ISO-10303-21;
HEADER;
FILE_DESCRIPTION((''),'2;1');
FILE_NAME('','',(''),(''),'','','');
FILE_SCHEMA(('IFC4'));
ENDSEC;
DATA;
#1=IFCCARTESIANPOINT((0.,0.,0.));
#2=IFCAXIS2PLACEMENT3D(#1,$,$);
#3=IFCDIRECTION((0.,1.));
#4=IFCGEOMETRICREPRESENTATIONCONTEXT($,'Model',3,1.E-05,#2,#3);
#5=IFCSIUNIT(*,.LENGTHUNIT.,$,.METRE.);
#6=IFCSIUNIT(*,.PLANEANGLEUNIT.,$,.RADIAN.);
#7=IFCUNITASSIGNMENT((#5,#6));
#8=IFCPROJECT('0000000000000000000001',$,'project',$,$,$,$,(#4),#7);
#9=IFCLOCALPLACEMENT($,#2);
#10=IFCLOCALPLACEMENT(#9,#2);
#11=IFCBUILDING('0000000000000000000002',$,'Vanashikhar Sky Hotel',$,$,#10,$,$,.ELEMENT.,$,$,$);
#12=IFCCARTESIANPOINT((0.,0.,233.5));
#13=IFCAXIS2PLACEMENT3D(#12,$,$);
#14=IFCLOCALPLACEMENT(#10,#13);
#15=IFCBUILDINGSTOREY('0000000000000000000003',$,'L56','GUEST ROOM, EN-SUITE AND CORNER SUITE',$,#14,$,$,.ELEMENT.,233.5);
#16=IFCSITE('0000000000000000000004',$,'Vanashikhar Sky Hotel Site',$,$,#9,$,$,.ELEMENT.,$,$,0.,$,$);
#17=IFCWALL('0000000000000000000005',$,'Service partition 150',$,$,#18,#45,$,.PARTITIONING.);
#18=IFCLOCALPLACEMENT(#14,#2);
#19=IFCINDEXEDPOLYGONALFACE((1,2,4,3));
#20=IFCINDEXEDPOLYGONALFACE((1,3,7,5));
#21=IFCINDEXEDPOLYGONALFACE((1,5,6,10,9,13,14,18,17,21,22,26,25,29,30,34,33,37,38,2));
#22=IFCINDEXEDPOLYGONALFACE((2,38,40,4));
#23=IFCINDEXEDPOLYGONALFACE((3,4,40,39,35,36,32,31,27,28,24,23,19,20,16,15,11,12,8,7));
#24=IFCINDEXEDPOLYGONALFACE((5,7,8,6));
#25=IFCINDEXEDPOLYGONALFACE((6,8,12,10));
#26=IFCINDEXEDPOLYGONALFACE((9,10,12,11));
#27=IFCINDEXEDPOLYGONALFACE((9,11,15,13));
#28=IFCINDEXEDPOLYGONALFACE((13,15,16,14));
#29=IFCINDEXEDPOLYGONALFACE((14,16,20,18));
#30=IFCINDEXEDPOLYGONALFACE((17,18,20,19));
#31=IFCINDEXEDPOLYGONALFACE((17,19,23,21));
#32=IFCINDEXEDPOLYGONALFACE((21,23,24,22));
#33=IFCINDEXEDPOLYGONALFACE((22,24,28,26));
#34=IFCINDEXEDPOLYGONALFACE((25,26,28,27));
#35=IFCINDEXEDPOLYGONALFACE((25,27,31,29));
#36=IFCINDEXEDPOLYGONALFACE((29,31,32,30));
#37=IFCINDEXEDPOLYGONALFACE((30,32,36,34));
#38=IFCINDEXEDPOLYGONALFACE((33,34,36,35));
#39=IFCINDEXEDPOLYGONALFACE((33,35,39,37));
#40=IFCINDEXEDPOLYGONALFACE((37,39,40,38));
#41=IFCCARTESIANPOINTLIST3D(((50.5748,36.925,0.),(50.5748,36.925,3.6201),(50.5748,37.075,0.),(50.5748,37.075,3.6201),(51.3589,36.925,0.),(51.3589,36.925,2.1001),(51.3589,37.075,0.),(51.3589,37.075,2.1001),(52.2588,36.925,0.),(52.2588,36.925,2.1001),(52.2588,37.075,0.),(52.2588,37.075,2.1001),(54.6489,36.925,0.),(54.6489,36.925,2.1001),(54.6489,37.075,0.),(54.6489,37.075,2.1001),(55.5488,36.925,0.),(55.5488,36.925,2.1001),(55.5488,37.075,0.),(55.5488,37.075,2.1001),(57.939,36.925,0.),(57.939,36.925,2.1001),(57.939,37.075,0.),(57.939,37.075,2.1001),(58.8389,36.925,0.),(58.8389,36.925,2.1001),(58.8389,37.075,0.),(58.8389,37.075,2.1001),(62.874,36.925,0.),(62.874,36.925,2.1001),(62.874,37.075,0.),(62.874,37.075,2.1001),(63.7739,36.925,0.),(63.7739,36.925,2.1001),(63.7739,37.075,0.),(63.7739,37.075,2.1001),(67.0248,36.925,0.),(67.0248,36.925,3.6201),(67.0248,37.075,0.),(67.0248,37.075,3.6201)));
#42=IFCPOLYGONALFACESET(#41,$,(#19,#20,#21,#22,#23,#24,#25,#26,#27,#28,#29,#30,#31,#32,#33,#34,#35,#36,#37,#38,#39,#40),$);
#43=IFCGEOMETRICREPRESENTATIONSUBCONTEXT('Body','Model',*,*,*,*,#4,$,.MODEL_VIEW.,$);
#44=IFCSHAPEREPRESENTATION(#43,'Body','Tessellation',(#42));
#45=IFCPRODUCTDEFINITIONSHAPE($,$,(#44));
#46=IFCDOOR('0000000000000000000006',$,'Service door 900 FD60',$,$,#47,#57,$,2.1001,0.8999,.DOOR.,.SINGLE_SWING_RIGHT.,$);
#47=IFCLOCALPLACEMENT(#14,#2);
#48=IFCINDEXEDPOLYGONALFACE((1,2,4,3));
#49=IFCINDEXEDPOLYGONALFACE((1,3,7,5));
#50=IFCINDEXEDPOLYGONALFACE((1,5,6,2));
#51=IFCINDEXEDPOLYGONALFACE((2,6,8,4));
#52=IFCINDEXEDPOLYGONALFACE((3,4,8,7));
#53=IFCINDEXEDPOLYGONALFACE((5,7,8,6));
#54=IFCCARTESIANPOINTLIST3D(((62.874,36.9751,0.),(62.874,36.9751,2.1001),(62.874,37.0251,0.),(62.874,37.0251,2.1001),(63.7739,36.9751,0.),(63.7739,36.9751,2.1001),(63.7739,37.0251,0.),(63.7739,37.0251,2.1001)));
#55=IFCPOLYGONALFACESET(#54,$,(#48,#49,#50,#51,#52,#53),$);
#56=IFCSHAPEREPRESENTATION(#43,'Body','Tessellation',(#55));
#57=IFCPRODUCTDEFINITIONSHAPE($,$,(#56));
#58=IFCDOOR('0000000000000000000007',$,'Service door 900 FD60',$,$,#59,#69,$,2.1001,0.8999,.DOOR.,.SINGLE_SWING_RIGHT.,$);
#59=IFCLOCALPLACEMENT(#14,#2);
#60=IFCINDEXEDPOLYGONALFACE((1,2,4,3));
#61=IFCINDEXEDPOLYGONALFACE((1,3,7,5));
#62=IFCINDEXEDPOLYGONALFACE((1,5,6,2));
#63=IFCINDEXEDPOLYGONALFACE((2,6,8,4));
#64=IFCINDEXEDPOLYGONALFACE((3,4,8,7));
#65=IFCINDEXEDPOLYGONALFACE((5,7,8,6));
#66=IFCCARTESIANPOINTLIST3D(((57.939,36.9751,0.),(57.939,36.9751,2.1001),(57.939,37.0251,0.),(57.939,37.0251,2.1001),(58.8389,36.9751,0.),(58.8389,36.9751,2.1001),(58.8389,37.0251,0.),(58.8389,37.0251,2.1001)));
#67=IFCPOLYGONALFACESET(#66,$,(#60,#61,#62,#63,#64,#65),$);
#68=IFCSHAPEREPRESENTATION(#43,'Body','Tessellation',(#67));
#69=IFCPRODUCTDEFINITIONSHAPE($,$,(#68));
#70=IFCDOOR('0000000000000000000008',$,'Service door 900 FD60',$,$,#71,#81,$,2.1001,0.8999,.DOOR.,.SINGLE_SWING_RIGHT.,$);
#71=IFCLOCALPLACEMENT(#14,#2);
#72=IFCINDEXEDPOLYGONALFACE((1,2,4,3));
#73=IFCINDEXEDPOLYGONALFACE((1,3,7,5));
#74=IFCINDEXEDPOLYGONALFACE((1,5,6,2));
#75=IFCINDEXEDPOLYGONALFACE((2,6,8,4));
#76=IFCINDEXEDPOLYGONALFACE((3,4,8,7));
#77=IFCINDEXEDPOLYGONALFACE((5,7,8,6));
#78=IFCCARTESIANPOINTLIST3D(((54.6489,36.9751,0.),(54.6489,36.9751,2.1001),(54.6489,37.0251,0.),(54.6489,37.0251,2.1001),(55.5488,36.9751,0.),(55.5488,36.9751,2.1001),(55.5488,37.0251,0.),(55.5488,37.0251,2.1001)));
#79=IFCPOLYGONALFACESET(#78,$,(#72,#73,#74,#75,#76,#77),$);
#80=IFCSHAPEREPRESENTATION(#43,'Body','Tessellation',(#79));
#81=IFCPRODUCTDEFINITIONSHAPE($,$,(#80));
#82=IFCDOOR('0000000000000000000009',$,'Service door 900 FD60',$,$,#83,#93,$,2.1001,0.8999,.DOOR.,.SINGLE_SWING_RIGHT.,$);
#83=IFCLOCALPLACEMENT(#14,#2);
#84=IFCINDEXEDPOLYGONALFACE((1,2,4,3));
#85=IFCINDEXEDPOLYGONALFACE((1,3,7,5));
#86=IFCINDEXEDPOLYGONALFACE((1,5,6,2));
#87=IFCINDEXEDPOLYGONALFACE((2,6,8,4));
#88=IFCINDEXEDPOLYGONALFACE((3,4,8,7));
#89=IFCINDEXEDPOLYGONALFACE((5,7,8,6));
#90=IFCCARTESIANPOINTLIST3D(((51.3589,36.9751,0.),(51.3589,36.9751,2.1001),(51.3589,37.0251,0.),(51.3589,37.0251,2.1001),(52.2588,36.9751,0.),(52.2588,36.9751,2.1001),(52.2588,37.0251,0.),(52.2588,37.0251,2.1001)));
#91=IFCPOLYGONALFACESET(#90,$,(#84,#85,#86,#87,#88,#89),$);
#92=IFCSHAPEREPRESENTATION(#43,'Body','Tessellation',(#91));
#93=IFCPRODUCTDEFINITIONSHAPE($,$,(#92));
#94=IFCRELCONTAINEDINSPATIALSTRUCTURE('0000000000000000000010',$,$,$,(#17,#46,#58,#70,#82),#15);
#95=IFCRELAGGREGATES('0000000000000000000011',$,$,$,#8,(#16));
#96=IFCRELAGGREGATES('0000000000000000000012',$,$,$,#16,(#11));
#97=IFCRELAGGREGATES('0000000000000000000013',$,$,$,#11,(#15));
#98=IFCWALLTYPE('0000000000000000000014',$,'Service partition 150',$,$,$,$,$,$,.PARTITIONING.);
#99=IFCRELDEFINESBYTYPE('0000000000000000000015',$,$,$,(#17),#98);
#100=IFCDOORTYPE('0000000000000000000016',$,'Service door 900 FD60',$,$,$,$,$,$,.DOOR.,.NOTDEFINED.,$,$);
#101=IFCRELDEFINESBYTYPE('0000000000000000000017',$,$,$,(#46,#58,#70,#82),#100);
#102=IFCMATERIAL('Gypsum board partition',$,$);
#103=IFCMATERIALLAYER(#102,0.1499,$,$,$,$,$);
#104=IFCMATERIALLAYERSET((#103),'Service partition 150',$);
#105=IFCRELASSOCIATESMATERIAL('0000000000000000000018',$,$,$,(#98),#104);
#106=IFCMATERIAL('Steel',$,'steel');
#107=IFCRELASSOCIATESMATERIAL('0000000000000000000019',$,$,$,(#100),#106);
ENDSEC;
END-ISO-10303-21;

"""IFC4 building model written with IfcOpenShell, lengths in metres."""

from ifc_helpers import new_model, si_unit, direction, frame, frame_2d, origin, place, context, subcontext, project, spatial, rectangle, extrude, source, transform, mapped, material, layer, layer_set, type_object, element, fill, save


model = new_model("IFC4")

# Units and contexts
model_context = context("Model", 3, precision=1e-05, world=origin(), true_north=direction((0.0, 1.0)))
body_context = subcontext(model_context, "Body", "Model", "MODEL_VIEW")
ifc_project = project(units=[si_unit("LENGTHUNIT", "METRE"), si_unit("PLANEANGLEUNIT", "RADIAN")], contexts=[model_context])

# Site, building, storey
site_placement = place(None, origin())
site = spatial("IfcSite", under=ifc_project, at=site_placement, Name="Vanashikhar Sky Hotel Site", CompositionType="ELEMENT", RefElevation=0.0)
building_placement = place(site_placement, origin())
building = spatial("IfcBuilding", under=site, at=building_placement, Name="Vanashikhar Sky Hotel", CompositionType="ELEMENT")
storey_placement = place(building_placement, frame((0.0, 0.0, 233.5)))
storey = spatial("IfcBuildingStorey", under=building, at=storey_placement, Name="L56", Description="GUEST ROOM, EN-SUITE AND CORNER SUITE", CompositionType="ELEMENT", Elevation=233.5)

# Shared definitions
ifc_material_1 = material(Name="Gypsum board partition")
ifc_layer_1 = layer(ifc_material_1, 0.1499)
ifc_layer_set_1 = layer_set([ifc_layer_1], Name="Service partition 150")
wall_type_1 = type_object("IfcWallType", Name="Service partition 150", PredefinedType="PARTITIONING", material=ifc_layer_set_1)

# Shared definitions
shared_shape_1 = source(origin(), body_context, "Body", "SweptSolid", [
    extrude(rectangle(XDim=0.8999, YDim=2.1001, at=frame_2d((0.45, 1.05))), frame((0.0, 0.085, 0.0), z_axis=(0.0, -1.0, 0.0), x_axis=(1.0, 0.0, 0.0)), (0.0, 0.0, 1.0), 0.1699),
])
ifc_material_2 = material(Name="Steel", Category="steel")
door_type_1 = type_object("IfcDoorType", Name="Service door 900 FD60", OperationType="NOTDEFINED", PredefinedType="DOOR", material=ifc_material_2)
shared_shape_2 = source(origin(), body_context, "Body", "SweptSolid", [
    extrude(rectangle(XDim=0.8999, YDim=2.1001, at=frame_2d((0.45, 1.05))), frame((0.0, 0.0249, 0.0), z_axis=(0.0, -1.0, 0.0), x_axis=(1.0, 0.0, 0.0)), (0.0, 0.0, 1.0), 0.05),
])

# Wall, openings, doors
shared_shape_3 = source(origin(), body_context, "Body", "SweptSolid", [
    extrude(rectangle(XDim=16.45, YDim=0.1499, at=frame_2d((8.2251, 0.0))), origin(), (0.0, 0.0, 1.0), 3.6201),
])
wall_1_placement = place(storey_placement, frame((67.0249, 37.0, 0.0), z_axis=(0.0, 0.0, 1.0), x_axis=(-1.0, 0.0, 0.0)))
wall_1 = element("IfcWall", 1, at=wall_1_placement, inside=storey, type_object=wall_type_1, Name="Service partition 150", PredefinedType="PARTITIONING", context=body_context, shape_type="MappedRepresentation", body=[
    mapped(shared_shape_3, transform((0.0, 0.0, 0.0), scale=1.0)),
])
opening_1_placement = place(wall_1_placement, frame((3.251, 0.0, 0.0)))
opening_1 = element("IfcOpeningElement", 2, at=opening_1_placement, cuts=wall_1, PredefinedType="OPENING", context=body_context, shape_type="MappedRepresentation", body=[
    mapped(shared_shape_1, transform((0.0, 0.0, 0.0), scale=1.0)),
])
opening_2_placement = place(wall_1_placement, frame((8.186, 0.0, 0.0)))
opening_2 = element("IfcOpeningElement", 3, at=opening_2_placement, cuts=wall_1, PredefinedType="OPENING", context=body_context, shape_type="MappedRepresentation", body=[
    mapped(shared_shape_1, transform((0.0, 0.0, 0.0), scale=1.0)),
])
opening_3_placement = place(wall_1_placement, frame((11.4761, 0.0, 0.0)))
opening_3 = element("IfcOpeningElement", 4, at=opening_3_placement, cuts=wall_1, PredefinedType="OPENING", context=body_context, shape_type="MappedRepresentation", body=[
    mapped(shared_shape_1, transform((0.0, 0.0, 0.0), scale=1.0)),
])
opening_4_placement = place(wall_1_placement, frame((14.7661, 0.0, 0.0)))
opening_4 = element("IfcOpeningElement", 5, at=opening_4_placement, cuts=wall_1, PredefinedType="OPENING", context=body_context, shape_type="MappedRepresentation", body=[
    mapped(shared_shape_1, transform((0.0, 0.0, 0.0), scale=1.0)),
])
door_1_placement = place(opening_1_placement, origin())
door_1 = element("IfcDoor", 6, at=door_1_placement, inside=storey, type_object=door_type_1, Name="Service door 900 FD60", OperationType="SINGLE_SWING_RIGHT", OverallHeight=2.1001, OverallWidth=0.8999, PredefinedType="DOOR", context=body_context, shape_type="MappedRepresentation", body=[
    mapped(shared_shape_2, transform((0.0, 0.0, 0.0), scale=1.0)),
])
fill(opening_1, door_1)
door_2_placement = place(opening_2_placement, origin())
door_2 = element("IfcDoor", 7, at=door_2_placement, inside=storey, type_object=door_type_1, Name="Service door 900 FD60", OperationType="SINGLE_SWING_RIGHT", OverallHeight=2.1001, OverallWidth=0.8999, PredefinedType="DOOR", context=body_context, shape_type="MappedRepresentation", body=[
    mapped(shared_shape_2, transform((0.0, 0.0, 0.0), scale=1.0)),
])
fill(opening_2, door_2)
door_3_placement = place(opening_3_placement, origin())
door_3 = element("IfcDoor", 8, at=door_3_placement, inside=storey, type_object=door_type_1, Name="Service door 900 FD60", OperationType="SINGLE_SWING_RIGHT", OverallHeight=2.1001, OverallWidth=0.8999, PredefinedType="DOOR", context=body_context, shape_type="MappedRepresentation", body=[
    mapped(shared_shape_2, transform((0.0, 0.0, 0.0), scale=1.0)),
])
fill(opening_3, door_3)
door_4_placement = place(opening_4_placement, origin())
door_4 = element("IfcDoor", 9, at=door_4_placement, inside=storey, type_object=door_type_1, Name="Service door 900 FD60", OperationType="SINGLE_SWING_RIGHT", OverallHeight=2.1001, OverallWidth=0.8999, PredefinedType="DOOR", context=body_context, shape_type="MappedRepresentation", body=[
    mapped(shared_shape_2, transform((0.0, 0.0, 0.0), scale=1.0)),
])
fill(opening_4, door_4)

save(model, "model.ifc")
